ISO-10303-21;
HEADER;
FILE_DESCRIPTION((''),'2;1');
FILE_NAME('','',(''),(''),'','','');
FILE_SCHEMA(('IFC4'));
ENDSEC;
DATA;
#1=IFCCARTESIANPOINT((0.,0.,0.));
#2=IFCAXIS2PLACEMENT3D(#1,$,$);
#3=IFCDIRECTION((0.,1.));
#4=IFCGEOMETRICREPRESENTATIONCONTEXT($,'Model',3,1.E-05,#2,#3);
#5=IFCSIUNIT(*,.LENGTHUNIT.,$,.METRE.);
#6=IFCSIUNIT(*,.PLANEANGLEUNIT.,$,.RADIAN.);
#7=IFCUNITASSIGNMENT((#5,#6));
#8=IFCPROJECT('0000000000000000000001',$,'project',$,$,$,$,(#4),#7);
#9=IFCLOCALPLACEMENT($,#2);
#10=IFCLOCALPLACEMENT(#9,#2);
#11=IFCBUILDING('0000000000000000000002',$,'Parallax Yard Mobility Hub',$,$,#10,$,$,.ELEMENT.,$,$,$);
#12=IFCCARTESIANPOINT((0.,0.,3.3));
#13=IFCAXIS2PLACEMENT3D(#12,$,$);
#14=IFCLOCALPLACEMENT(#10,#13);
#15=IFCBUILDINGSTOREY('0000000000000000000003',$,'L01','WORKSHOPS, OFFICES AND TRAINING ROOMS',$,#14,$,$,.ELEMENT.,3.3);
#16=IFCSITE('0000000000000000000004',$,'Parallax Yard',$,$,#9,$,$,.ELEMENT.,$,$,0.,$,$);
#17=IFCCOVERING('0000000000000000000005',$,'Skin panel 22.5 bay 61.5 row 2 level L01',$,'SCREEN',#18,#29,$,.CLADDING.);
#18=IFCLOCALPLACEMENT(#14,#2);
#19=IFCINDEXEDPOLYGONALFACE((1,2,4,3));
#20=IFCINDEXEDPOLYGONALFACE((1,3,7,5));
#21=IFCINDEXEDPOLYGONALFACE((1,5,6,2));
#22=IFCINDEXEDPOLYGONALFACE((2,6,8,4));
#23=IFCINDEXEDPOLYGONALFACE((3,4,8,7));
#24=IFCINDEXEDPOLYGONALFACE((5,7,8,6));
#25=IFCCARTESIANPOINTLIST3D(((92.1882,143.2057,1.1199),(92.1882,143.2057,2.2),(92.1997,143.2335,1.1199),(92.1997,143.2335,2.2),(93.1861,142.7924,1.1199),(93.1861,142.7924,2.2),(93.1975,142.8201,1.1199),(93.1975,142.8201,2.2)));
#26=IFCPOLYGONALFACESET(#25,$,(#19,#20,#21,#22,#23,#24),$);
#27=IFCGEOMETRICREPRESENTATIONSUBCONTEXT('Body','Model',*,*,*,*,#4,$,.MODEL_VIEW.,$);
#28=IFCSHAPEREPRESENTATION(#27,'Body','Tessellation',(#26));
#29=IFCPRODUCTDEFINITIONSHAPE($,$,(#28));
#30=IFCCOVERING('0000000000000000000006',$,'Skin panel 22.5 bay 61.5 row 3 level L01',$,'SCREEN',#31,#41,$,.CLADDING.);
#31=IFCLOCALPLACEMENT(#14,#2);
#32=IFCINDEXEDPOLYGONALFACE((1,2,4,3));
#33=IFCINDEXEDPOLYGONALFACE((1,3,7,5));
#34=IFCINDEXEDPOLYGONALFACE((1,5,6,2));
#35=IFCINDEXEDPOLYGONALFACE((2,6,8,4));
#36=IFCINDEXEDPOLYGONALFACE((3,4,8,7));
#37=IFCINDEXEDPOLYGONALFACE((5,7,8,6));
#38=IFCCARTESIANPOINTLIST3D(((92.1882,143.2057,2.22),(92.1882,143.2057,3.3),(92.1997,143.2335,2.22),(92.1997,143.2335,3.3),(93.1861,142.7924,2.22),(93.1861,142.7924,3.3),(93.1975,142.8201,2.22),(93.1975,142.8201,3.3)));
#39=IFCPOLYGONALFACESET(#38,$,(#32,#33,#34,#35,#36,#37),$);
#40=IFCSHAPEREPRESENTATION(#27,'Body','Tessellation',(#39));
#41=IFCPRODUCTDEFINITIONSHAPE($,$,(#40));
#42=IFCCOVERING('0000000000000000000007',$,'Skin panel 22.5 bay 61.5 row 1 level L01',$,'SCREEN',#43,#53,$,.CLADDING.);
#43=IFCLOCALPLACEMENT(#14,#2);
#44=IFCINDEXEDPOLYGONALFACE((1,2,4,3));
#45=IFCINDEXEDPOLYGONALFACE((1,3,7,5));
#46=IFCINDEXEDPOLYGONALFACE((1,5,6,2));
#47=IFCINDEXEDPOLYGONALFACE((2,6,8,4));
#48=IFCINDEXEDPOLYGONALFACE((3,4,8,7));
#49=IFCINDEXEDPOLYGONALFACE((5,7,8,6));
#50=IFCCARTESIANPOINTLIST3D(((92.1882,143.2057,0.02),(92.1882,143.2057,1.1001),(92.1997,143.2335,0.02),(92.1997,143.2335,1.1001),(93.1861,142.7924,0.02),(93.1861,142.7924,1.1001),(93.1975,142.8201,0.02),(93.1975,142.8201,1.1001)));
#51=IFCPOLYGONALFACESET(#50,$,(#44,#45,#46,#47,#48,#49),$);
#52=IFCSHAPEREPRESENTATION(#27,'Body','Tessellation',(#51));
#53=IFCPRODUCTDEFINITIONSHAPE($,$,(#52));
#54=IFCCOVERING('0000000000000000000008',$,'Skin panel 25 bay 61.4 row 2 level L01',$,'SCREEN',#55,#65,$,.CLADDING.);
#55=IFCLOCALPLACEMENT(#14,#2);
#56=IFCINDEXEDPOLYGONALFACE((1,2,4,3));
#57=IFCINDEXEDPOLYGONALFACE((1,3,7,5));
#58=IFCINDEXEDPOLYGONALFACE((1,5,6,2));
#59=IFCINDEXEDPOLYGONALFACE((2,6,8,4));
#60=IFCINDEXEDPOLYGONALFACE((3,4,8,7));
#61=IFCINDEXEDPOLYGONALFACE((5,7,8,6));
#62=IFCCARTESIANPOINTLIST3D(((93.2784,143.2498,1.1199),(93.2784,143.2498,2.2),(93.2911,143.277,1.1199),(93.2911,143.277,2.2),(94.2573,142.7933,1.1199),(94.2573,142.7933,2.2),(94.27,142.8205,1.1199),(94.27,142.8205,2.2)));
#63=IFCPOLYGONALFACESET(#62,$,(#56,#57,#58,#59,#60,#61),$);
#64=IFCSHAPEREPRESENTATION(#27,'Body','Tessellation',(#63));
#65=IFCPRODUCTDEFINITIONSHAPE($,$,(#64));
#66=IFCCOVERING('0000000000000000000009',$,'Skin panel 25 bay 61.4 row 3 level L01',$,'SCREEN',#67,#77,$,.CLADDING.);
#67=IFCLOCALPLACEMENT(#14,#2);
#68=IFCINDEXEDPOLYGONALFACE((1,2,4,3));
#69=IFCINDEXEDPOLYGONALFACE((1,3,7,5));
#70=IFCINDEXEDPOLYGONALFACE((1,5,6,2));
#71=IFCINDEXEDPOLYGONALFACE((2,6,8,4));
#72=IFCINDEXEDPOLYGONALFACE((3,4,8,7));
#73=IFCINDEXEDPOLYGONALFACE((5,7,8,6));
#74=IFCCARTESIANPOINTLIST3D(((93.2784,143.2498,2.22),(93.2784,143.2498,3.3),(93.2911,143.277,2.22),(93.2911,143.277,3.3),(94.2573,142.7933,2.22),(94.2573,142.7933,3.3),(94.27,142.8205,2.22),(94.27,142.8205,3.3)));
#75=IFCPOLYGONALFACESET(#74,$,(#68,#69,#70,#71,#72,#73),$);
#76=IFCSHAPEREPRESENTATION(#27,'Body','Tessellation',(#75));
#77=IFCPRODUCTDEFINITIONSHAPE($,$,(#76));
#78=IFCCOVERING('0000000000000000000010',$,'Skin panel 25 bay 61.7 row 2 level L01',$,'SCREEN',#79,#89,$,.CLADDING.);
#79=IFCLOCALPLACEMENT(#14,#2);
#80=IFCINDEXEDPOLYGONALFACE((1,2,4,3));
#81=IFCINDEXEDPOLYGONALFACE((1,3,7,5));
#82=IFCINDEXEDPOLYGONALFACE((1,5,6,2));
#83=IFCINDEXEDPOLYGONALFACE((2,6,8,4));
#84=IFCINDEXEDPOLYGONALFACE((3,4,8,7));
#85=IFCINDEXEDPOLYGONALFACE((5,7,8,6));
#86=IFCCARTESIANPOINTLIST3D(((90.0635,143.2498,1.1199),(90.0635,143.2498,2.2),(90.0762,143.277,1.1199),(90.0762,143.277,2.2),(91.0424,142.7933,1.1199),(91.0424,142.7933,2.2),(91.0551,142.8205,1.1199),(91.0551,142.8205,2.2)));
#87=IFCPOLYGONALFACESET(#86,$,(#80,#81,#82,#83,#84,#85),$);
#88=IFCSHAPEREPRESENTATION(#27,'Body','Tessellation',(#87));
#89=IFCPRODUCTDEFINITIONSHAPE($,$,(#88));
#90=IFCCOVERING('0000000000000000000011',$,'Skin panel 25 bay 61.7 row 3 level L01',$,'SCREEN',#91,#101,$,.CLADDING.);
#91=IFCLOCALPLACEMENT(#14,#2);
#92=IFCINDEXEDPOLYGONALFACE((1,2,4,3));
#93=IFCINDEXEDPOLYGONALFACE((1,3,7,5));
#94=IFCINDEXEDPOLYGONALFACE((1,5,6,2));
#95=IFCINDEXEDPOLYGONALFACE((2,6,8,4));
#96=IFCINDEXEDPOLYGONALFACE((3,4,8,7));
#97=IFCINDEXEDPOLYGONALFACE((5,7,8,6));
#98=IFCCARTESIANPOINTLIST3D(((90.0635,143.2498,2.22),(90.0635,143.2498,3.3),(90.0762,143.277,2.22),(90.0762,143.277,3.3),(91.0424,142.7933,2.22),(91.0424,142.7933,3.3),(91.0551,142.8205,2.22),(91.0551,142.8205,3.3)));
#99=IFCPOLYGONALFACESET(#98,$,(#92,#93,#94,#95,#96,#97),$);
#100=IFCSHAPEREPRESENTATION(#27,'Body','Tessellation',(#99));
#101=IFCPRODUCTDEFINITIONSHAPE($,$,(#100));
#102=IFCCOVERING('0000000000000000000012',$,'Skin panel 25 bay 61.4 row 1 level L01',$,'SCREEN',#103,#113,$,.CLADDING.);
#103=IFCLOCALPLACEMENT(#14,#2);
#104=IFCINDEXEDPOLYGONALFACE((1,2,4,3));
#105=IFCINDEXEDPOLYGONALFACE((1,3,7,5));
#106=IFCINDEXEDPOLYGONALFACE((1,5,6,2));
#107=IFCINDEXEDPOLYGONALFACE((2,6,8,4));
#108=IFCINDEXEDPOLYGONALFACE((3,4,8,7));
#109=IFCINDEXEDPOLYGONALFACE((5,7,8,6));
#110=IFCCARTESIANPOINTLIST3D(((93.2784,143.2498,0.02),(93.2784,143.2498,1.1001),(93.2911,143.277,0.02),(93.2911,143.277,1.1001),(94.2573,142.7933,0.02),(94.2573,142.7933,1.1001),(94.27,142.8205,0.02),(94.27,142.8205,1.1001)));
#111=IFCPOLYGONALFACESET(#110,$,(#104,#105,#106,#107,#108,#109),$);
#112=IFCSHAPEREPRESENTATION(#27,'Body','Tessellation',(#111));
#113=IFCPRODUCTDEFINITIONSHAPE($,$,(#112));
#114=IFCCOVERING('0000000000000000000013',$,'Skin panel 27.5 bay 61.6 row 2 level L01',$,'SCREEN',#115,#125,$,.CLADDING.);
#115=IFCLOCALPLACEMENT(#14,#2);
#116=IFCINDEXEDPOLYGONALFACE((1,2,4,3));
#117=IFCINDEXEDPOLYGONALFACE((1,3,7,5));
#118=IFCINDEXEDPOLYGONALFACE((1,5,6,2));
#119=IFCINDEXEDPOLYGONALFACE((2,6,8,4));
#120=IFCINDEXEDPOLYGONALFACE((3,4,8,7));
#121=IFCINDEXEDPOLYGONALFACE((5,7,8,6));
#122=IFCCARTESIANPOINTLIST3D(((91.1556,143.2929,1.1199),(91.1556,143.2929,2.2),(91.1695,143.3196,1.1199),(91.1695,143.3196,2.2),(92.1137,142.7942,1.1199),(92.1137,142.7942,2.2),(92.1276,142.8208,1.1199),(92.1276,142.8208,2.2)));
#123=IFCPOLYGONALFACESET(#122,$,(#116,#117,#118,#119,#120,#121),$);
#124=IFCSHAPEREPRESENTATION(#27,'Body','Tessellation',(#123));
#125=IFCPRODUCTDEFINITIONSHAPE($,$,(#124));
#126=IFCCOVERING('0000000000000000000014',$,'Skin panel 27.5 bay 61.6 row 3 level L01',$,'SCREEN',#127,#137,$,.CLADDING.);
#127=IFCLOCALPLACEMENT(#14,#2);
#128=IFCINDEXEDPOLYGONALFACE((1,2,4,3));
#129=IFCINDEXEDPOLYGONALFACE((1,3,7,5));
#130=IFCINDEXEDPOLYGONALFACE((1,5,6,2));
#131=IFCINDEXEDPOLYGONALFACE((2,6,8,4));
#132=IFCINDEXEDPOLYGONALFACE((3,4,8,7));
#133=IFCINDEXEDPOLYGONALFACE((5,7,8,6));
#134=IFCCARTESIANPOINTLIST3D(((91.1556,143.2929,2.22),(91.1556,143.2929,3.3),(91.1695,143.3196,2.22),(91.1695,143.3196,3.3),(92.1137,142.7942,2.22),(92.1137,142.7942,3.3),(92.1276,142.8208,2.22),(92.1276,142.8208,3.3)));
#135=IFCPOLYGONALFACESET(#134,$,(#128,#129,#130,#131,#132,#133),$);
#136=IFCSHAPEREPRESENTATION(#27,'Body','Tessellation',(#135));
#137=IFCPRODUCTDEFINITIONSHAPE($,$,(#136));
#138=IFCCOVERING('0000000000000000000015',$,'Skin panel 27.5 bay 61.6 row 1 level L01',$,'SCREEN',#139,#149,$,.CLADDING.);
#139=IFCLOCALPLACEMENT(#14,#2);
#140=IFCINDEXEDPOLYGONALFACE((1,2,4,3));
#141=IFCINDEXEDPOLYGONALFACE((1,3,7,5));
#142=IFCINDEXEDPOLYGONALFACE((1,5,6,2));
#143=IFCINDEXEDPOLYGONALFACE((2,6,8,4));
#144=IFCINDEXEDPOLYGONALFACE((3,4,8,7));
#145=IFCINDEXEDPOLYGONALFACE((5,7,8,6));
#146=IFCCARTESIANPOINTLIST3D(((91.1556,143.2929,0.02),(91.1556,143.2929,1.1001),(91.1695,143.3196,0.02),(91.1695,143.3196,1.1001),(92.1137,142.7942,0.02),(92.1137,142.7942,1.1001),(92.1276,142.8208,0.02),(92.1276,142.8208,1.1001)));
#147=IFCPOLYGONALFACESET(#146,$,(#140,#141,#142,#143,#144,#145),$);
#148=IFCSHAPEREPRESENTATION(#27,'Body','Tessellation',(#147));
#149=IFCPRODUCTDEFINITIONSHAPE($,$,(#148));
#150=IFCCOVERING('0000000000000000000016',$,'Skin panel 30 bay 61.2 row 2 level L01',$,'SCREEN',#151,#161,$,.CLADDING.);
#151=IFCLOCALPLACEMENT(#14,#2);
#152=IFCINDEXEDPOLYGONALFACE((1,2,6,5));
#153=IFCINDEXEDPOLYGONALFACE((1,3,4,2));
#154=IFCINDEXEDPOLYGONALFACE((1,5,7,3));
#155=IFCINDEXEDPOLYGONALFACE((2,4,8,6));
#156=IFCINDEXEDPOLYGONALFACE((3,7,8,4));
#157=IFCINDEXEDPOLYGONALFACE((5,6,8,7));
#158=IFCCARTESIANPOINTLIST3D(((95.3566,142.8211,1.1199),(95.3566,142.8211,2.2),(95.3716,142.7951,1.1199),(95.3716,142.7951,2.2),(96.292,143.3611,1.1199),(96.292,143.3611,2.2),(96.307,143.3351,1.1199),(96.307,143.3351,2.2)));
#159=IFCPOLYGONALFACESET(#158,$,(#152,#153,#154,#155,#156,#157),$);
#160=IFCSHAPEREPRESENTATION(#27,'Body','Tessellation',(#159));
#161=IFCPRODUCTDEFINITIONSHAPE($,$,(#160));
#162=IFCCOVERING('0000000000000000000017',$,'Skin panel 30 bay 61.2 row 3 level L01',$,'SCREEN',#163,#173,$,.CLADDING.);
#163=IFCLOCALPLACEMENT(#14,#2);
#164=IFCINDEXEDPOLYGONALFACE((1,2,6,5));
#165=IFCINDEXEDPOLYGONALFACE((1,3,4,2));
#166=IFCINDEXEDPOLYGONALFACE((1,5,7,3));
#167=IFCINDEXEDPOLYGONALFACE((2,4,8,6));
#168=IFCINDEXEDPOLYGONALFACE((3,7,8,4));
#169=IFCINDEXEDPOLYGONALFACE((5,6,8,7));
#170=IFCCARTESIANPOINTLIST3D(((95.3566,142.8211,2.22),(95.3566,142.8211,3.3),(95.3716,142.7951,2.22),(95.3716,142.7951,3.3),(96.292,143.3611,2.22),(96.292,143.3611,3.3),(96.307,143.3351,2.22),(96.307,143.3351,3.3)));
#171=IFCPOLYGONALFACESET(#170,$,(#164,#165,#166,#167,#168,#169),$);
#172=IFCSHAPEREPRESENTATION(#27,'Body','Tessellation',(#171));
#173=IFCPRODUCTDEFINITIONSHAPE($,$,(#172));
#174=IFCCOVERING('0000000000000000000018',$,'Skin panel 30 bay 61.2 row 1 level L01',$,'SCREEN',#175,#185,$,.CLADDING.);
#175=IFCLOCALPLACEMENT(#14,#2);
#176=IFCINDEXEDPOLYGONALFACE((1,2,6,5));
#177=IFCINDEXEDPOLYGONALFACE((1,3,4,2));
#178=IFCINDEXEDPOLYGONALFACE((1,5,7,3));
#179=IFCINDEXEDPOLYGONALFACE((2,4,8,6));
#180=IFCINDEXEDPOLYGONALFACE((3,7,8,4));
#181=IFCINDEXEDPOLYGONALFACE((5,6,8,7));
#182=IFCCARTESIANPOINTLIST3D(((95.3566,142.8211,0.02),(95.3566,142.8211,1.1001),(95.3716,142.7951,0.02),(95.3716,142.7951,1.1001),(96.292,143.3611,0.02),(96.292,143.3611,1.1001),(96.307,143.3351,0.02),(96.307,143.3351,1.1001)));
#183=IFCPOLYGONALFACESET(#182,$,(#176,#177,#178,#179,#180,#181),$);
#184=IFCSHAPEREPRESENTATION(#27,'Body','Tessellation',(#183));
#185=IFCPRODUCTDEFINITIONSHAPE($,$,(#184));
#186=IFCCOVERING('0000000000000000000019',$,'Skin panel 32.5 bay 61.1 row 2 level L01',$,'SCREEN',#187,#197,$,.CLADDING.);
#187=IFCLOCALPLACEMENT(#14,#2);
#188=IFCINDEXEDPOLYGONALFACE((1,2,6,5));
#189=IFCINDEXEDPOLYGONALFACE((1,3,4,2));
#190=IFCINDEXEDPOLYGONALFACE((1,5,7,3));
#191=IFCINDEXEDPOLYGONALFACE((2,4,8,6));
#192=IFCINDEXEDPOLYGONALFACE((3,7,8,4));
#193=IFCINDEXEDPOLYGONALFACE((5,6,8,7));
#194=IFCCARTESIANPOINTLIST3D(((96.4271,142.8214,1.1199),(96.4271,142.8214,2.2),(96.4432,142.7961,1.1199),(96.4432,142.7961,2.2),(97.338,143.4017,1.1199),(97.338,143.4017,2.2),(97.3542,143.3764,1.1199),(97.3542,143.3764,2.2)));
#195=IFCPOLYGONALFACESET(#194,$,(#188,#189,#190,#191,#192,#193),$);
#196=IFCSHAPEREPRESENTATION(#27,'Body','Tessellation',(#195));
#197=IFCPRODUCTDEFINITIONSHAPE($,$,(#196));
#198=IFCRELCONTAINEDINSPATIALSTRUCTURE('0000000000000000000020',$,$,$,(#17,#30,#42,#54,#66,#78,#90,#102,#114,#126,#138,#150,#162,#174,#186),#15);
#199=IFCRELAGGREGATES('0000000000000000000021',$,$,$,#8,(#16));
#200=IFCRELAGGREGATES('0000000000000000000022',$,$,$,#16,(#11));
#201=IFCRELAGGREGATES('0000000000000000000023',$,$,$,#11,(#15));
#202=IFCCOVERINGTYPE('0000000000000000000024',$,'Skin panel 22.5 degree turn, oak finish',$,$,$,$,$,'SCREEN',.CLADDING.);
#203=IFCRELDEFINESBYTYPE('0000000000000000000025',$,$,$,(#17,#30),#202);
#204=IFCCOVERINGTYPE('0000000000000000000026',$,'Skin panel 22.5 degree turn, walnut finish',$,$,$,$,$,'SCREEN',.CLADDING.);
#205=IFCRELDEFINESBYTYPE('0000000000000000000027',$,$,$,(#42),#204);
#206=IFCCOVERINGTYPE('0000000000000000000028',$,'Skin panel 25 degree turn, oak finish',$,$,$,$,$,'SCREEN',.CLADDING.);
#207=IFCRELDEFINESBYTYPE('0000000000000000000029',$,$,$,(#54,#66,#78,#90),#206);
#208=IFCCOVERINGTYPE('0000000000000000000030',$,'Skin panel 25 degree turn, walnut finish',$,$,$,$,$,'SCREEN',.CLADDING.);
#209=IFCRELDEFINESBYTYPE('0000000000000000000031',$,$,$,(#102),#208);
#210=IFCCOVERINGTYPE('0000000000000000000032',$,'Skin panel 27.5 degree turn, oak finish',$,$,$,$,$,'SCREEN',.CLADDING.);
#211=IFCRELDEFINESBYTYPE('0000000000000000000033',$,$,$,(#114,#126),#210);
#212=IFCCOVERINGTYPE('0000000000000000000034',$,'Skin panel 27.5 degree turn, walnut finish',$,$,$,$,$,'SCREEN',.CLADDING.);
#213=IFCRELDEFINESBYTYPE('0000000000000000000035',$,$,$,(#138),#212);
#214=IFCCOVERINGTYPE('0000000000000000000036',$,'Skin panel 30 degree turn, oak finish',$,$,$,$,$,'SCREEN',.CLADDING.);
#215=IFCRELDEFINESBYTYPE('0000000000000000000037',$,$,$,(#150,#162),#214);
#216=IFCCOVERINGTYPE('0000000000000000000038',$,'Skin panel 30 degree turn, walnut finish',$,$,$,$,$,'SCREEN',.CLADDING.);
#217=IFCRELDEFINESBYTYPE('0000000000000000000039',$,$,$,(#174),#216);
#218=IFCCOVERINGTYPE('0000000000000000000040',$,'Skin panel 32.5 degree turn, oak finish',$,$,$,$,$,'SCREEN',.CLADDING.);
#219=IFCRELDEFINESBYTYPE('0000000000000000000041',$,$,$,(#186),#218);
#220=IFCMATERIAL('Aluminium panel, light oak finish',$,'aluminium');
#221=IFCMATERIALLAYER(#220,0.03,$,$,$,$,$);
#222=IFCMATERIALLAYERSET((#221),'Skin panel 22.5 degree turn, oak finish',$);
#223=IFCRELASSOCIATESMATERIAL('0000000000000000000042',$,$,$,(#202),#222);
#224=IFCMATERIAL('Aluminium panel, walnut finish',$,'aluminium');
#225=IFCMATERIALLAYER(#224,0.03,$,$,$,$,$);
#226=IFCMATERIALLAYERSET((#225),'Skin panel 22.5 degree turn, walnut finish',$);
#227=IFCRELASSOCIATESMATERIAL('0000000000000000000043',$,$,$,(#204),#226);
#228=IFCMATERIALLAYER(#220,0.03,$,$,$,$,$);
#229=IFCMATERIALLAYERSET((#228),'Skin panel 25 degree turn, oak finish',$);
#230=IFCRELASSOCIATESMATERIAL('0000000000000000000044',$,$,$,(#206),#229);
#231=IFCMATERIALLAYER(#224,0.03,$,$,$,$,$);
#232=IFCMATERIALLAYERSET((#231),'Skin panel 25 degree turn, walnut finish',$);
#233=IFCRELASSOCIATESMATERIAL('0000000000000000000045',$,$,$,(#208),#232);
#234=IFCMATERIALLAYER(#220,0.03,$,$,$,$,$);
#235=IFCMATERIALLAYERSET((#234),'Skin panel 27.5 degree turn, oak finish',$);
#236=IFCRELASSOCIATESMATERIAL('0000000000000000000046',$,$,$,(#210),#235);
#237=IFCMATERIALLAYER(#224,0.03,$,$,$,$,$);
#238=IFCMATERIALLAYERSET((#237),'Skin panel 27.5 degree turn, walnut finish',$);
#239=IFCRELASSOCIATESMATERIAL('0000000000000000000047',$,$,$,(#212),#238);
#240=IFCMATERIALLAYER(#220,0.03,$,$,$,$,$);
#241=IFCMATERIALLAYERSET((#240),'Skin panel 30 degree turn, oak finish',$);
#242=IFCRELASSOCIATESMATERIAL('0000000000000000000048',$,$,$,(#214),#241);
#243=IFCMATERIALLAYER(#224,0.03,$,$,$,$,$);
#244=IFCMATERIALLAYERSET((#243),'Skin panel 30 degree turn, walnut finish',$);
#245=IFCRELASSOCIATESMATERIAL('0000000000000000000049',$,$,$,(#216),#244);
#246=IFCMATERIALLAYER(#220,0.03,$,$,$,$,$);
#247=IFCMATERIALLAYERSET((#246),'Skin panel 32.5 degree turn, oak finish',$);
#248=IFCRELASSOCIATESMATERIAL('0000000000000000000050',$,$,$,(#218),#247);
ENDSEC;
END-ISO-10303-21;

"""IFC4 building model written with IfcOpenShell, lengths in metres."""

from ifc_helpers import new_model, si_unit, direction, frame, origin, origin_2d, place, context, subcontext, project, spatial, rectangle, extrude, material, layer, layer_set, type_object, element, save


model = new_model("IFC4")

# Units and contexts
model_context = context("Model", 3, precision=1e-05, world=origin(), true_north=direction((0.0, 1.0)))
body_context = subcontext(model_context, "Body", "Model", "MODEL_VIEW")
ifc_project = project(units=[si_unit("LENGTHUNIT", "METRE"), si_unit("PLANEANGLEUNIT", "RADIAN")], contexts=[model_context])

# Site, building, storey
site_placement = place(None, origin())
site = spatial("IfcSite", under=ifc_project, at=site_placement, Name="Parallax Yard", CompositionType="ELEMENT", RefElevation=0.0)
building_placement = place(site_placement, origin())
building = spatial("IfcBuilding", under=site, at=building_placement, Name="Parallax Yard Mobility Hub", CompositionType="ELEMENT")
storey_placement = place(building_placement, frame((0.0, 0.0, 3.3)))
storey = spatial("IfcBuildingStorey", under=building, at=storey_placement, Name="L01", Description="WORKSHOPS, OFFICES AND TRAINING ROOMS", CompositionType="ELEMENT", Elevation=3.3)

# Coverings
ifc_material_1 = material(Name="Aluminium panel, light oak finish", Category="aluminium")
ifc_layer_1 = layer(ifc_material_1, 0.03)
ifc_layer_set_1 = layer_set([ifc_layer_1], Name="Skin panel 22.5 degree turn, oak finish")
covering_type_1 = type_object("IfcCoveringType", Name="Skin panel 22.5 degree turn, oak finish", ElementType="SCREEN", PredefinedType="CLADDING", material=ifc_layer_set_1)
for number, where, z_axis, x_axis, name in (
    (1, (92.6929, 143.0129, 1.1199), (0.0, 0.0, 1.0), (-0.92388, 0.382683, 0.0), "Skin panel 22.5 bay 61.5 row 2 level L01"),
    (2, (92.6929, 143.0129, 2.22), (0.0, 0.0, 1.0), (-0.92388, 0.382683, 0.0), "Skin panel 22.5 bay 61.5 row 3 level L01"),
):
    element("IfcCovering", number, at=place(storey_placement, frame(where, z_axis=z_axis, x_axis=x_axis)), inside=storey, type_object=covering_type_1, Name=name, ObjectType="SCREEN", PredefinedType="CLADDING", context=body_context, shape_type="SweptSolid", body=[
        extrude(rectangle(XDim=1.0801, YDim=0.03, at=origin_2d()), origin(), (0.0, 0.0, 1.0), 1.0801),
    ])
ifc_material_2 = material(Name="Aluminium panel, walnut finish", Category="aluminium")
ifc_layer_2 = layer(ifc_material_2, 0.03)
ifc_layer_set_2 = layer_set([ifc_layer_2], Name="Skin panel 22.5 degree turn, walnut finish")
covering_type_2 = type_object("IfcCoveringType", Name="Skin panel 22.5 degree turn, walnut finish", ElementType="SCREEN", PredefinedType="CLADDING", material=ifc_layer_set_2)
covering_1_placement = place(storey_placement, frame((92.6929, 143.0129, 0.02), z_axis=(0.0, 0.0, 1.0), x_axis=(-0.92388, 0.382683, 0.0)))
element("IfcCovering", 3, at=covering_1_placement, inside=storey, type_object=covering_type_2, Name="Skin panel 22.5 bay 61.5 row 1 level L01", ObjectType="SCREEN", PredefinedType="CLADDING", context=body_context, shape_type="SweptSolid", body=[
    extrude(rectangle(XDim=1.0801, YDim=0.03, at=origin_2d()), origin(), (0.0, 0.0, 1.0), 1.0801),
])
ifc_layer_3 = layer(ifc_material_1, 0.03)
ifc_layer_set_3 = layer_set([ifc_layer_3], Name="Skin panel 25 degree turn, oak finish")
covering_type_3 = type_object("IfcCoveringType", Name="Skin panel 25 degree turn, oak finish", ElementType="SCREEN", PredefinedType="CLADDING", material=ifc_layer_set_3)
for number, where, z_axis, x_axis, name in (
    (4, (93.7742, 143.0352, 1.1199), (0.0, 0.0, 1.0), (-0.906308, 0.422618, 0.0), "Skin panel 25 bay 61.4 row 2 level L01"),
    (5, (93.7742, 143.0352, 2.22), (0.0, 0.0, 1.0), (-0.906308, 0.422618, 0.0), "Skin panel 25 bay 61.4 row 3 level L01"),
    (6, (90.5593, 143.0352, 1.1199), (0.0, 0.0, 1.0), (-0.906308, 0.422618, 0.0), "Skin panel 25 bay 61.7 row 2 level L01"),
    (7, (90.5593, 143.0352, 2.22), (0.0, 0.0, 1.0), (-0.906308, 0.422618, 0.0), "Skin panel 25 bay 61.7 row 3 level L01"),
):
    element("IfcCovering", number, at=place(storey_placement, frame(where, z_axis=z_axis, x_axis=x_axis)), inside=storey, type_object=covering_type_3, Name=name, ObjectType="SCREEN", PredefinedType="CLADDING", context=body_context, shape_type="SweptSolid", body=[
        extrude(rectangle(XDim=1.0801, YDim=0.03, at=origin_2d()), origin(), (0.0, 0.0, 1.0), 1.0801),
    ])
ifc_layer_4 = layer(ifc_material_2, 0.03)
ifc_layer_set_4 = layer_set([ifc_layer_4], Name="Skin panel 25 degree turn, walnut finish")
covering_type_4 = type_object("IfcCoveringType", Name="Skin panel 25 degree turn, walnut finish", ElementType="SCREEN", PredefinedType="CLADDING", material=ifc_layer_set_4)
covering_2_placement = place(storey_placement, frame((93.7742, 143.0352, 0.02), z_axis=(0.0, 0.0, 1.0), x_axis=(-0.906308, 0.422618, 0.0)))
element("IfcCovering", 8, at=covering_2_placement, inside=storey, type_object=covering_type_4, Name="Skin panel 25 bay 61.4 row 1 level L01", ObjectType="SCREEN", PredefinedType="CLADDING", context=body_context, shape_type="SweptSolid", body=[
    extrude(rectangle(XDim=1.0801, YDim=0.03, at=origin_2d()), origin(), (0.0, 0.0, 1.0), 1.0801),
])
ifc_layer_5 = layer(ifc_material_1, 0.03)
ifc_layer_set_5 = layer_set([ifc_layer_5], Name="Skin panel 27.5 degree turn, oak finish")
covering_type_5 = type_object("IfcCoveringType", Name="Skin panel 27.5 degree turn, oak finish", ElementType="SCREEN", PredefinedType="CLADDING", material=ifc_layer_set_5)
for number, where, z_axis, x_axis, name in (
    (9, (91.6416, 143.0569, 1.1199), (0.0, 0.0, 1.0), (-0.887011, 0.461749, 0.0), "Skin panel 27.5 bay 61.6 row 2 level L01"),
    (10, (91.6416, 143.0569, 2.22), (0.0, 0.0, 1.0), (-0.887011, 0.461749, 0.0), "Skin panel 27.5 bay 61.6 row 3 level L01"),
):
    element("IfcCovering", number, at=place(storey_placement, frame(where, z_axis=z_axis, x_axis=x_axis)), inside=storey, type_object=covering_type_5, Name=name, ObjectType="SCREEN", PredefinedType="CLADDING", context=body_context, shape_type="SweptSolid", body=[
        extrude(rectangle(XDim=1.0801, YDim=0.03, at=origin_2d()), origin(), (0.0, 0.0, 1.0), 1.0801),
    ])
ifc_layer_6 = layer(ifc_material_2, 0.03)
ifc_layer_set_6 = layer_set([ifc_layer_6], Name="Skin panel 27.5 degree turn, walnut finish")
covering_type_6 = type_object("IfcCoveringType", Name="Skin panel 27.5 degree turn, walnut finish", ElementType="SCREEN", PredefinedType="CLADDING", material=ifc_layer_set_6)
covering_3_placement = place(storey_placement, frame((91.6416, 143.0569, 0.02), z_axis=(0.0, 0.0, 1.0), x_axis=(-0.887011, 0.461749, 0.0)))
element("IfcCovering", 11, at=covering_3_placement, inside=storey, type_object=covering_type_6, Name="Skin panel 27.5 bay 61.6 row 1 level L01", ObjectType="SCREEN", PredefinedType="CLADDING", context=body_context, shape_type="SweptSolid", body=[
    extrude(rectangle(XDim=1.0801, YDim=0.03, at=origin_2d()), origin(), (0.0, 0.0, 1.0), 1.0801),
])
ifc_layer_7 = layer(ifc_material_1, 0.03)
ifc_layer_set_7 = layer_set([ifc_layer_7], Name="Skin panel 30 degree turn, oak finish")
covering_type_7 = type_object("IfcCoveringType", Name="Skin panel 30 degree turn, oak finish", ElementType="SCREEN", PredefinedType="CLADDING", material=ifc_layer_set_7)
for number, where, z_axis, x_axis, name in (
    (12, (95.8318, 143.0781, 1.1199), (0.0, 0.0, 1.0), (0.866025, 0.5, 0.0), "Skin panel 30 bay 61.2 row 2 level L01"),
    (13, (95.8318, 143.0781, 2.22), (0.0, 0.0, 1.0), (0.866025, 0.5, 0.0), "Skin panel 30 bay 61.2 row 3 level L01"),
):
    element("IfcCovering", number, at=place(storey_placement, frame(where, z_axis=z_axis, x_axis=x_axis)), inside=storey, type_object=covering_type_7, Name=name, ObjectType="SCREEN", PredefinedType="CLADDING", context=body_context, shape_type="SweptSolid", body=[
        extrude(rectangle(XDim=1.0801, YDim=0.03, at=origin_2d()), origin(), (0.0, 0.0, 1.0), 1.0801),
    ])
ifc_layer_8 = layer(ifc_material_2, 0.03)
ifc_layer_set_8 = layer_set([ifc_layer_8], Name="Skin panel 30 degree turn, walnut finish")
covering_type_8 = type_object("IfcCoveringType", Name="Skin panel 30 degree turn, walnut finish", ElementType="SCREEN", PredefinedType="CLADDING", material=ifc_layer_set_8)
covering_4_placement = place(storey_placement, frame((95.8318, 143.0781, 0.02), z_axis=(0.0, 0.0, 1.0), x_axis=(0.866025, 0.5, 0.0)))
element("IfcCovering", 14, at=covering_4_placement, inside=storey, type_object=covering_type_8, Name="Skin panel 30 bay 61.2 row 1 level L01", ObjectType="SCREEN", PredefinedType="CLADDING", context=body_context, shape_type="SweptSolid", body=[
    extrude(rectangle(XDim=1.0801, YDim=0.03, at=origin_2d()), origin(), (0.0, 0.0, 1.0), 1.0801),
])
ifc_layer_9 = layer(ifc_material_1, 0.03)
ifc_layer_set_9 = layer_set([ifc_layer_9], Name="Skin panel 32.5 degree turn, oak finish")
covering_type_9 = type_object("IfcCoveringType", Name="Skin panel 32.5 degree turn, oak finish", ElementType="SCREEN", PredefinedType="CLADDING", material=ifc_layer_set_9)
for number, where, z_axis, x_axis, name in (
    (15, (96.8906, 143.0989, 1.1199), (0.0, 0.0, 1.0), (0.843391, 0.5373, 0.0), "Skin panel 32.5 bay 61.1 row 2 level L01"),
):
    element("IfcCovering", number, at=place(storey_placement, frame(where, z_axis=z_axis, x_axis=x_axis)), inside=storey, type_object=covering_type_9, Name=name, ObjectType="SCREEN", PredefinedType="CLADDING", context=body_context, shape_type="SweptSolid", body=[
        extrude(rectangle(XDim=1.0801, YDim=0.03, at=origin_2d()), origin(), (0.0, 0.0, 1.0), 1.0801),
    ])

save(model, "model.ifc")
